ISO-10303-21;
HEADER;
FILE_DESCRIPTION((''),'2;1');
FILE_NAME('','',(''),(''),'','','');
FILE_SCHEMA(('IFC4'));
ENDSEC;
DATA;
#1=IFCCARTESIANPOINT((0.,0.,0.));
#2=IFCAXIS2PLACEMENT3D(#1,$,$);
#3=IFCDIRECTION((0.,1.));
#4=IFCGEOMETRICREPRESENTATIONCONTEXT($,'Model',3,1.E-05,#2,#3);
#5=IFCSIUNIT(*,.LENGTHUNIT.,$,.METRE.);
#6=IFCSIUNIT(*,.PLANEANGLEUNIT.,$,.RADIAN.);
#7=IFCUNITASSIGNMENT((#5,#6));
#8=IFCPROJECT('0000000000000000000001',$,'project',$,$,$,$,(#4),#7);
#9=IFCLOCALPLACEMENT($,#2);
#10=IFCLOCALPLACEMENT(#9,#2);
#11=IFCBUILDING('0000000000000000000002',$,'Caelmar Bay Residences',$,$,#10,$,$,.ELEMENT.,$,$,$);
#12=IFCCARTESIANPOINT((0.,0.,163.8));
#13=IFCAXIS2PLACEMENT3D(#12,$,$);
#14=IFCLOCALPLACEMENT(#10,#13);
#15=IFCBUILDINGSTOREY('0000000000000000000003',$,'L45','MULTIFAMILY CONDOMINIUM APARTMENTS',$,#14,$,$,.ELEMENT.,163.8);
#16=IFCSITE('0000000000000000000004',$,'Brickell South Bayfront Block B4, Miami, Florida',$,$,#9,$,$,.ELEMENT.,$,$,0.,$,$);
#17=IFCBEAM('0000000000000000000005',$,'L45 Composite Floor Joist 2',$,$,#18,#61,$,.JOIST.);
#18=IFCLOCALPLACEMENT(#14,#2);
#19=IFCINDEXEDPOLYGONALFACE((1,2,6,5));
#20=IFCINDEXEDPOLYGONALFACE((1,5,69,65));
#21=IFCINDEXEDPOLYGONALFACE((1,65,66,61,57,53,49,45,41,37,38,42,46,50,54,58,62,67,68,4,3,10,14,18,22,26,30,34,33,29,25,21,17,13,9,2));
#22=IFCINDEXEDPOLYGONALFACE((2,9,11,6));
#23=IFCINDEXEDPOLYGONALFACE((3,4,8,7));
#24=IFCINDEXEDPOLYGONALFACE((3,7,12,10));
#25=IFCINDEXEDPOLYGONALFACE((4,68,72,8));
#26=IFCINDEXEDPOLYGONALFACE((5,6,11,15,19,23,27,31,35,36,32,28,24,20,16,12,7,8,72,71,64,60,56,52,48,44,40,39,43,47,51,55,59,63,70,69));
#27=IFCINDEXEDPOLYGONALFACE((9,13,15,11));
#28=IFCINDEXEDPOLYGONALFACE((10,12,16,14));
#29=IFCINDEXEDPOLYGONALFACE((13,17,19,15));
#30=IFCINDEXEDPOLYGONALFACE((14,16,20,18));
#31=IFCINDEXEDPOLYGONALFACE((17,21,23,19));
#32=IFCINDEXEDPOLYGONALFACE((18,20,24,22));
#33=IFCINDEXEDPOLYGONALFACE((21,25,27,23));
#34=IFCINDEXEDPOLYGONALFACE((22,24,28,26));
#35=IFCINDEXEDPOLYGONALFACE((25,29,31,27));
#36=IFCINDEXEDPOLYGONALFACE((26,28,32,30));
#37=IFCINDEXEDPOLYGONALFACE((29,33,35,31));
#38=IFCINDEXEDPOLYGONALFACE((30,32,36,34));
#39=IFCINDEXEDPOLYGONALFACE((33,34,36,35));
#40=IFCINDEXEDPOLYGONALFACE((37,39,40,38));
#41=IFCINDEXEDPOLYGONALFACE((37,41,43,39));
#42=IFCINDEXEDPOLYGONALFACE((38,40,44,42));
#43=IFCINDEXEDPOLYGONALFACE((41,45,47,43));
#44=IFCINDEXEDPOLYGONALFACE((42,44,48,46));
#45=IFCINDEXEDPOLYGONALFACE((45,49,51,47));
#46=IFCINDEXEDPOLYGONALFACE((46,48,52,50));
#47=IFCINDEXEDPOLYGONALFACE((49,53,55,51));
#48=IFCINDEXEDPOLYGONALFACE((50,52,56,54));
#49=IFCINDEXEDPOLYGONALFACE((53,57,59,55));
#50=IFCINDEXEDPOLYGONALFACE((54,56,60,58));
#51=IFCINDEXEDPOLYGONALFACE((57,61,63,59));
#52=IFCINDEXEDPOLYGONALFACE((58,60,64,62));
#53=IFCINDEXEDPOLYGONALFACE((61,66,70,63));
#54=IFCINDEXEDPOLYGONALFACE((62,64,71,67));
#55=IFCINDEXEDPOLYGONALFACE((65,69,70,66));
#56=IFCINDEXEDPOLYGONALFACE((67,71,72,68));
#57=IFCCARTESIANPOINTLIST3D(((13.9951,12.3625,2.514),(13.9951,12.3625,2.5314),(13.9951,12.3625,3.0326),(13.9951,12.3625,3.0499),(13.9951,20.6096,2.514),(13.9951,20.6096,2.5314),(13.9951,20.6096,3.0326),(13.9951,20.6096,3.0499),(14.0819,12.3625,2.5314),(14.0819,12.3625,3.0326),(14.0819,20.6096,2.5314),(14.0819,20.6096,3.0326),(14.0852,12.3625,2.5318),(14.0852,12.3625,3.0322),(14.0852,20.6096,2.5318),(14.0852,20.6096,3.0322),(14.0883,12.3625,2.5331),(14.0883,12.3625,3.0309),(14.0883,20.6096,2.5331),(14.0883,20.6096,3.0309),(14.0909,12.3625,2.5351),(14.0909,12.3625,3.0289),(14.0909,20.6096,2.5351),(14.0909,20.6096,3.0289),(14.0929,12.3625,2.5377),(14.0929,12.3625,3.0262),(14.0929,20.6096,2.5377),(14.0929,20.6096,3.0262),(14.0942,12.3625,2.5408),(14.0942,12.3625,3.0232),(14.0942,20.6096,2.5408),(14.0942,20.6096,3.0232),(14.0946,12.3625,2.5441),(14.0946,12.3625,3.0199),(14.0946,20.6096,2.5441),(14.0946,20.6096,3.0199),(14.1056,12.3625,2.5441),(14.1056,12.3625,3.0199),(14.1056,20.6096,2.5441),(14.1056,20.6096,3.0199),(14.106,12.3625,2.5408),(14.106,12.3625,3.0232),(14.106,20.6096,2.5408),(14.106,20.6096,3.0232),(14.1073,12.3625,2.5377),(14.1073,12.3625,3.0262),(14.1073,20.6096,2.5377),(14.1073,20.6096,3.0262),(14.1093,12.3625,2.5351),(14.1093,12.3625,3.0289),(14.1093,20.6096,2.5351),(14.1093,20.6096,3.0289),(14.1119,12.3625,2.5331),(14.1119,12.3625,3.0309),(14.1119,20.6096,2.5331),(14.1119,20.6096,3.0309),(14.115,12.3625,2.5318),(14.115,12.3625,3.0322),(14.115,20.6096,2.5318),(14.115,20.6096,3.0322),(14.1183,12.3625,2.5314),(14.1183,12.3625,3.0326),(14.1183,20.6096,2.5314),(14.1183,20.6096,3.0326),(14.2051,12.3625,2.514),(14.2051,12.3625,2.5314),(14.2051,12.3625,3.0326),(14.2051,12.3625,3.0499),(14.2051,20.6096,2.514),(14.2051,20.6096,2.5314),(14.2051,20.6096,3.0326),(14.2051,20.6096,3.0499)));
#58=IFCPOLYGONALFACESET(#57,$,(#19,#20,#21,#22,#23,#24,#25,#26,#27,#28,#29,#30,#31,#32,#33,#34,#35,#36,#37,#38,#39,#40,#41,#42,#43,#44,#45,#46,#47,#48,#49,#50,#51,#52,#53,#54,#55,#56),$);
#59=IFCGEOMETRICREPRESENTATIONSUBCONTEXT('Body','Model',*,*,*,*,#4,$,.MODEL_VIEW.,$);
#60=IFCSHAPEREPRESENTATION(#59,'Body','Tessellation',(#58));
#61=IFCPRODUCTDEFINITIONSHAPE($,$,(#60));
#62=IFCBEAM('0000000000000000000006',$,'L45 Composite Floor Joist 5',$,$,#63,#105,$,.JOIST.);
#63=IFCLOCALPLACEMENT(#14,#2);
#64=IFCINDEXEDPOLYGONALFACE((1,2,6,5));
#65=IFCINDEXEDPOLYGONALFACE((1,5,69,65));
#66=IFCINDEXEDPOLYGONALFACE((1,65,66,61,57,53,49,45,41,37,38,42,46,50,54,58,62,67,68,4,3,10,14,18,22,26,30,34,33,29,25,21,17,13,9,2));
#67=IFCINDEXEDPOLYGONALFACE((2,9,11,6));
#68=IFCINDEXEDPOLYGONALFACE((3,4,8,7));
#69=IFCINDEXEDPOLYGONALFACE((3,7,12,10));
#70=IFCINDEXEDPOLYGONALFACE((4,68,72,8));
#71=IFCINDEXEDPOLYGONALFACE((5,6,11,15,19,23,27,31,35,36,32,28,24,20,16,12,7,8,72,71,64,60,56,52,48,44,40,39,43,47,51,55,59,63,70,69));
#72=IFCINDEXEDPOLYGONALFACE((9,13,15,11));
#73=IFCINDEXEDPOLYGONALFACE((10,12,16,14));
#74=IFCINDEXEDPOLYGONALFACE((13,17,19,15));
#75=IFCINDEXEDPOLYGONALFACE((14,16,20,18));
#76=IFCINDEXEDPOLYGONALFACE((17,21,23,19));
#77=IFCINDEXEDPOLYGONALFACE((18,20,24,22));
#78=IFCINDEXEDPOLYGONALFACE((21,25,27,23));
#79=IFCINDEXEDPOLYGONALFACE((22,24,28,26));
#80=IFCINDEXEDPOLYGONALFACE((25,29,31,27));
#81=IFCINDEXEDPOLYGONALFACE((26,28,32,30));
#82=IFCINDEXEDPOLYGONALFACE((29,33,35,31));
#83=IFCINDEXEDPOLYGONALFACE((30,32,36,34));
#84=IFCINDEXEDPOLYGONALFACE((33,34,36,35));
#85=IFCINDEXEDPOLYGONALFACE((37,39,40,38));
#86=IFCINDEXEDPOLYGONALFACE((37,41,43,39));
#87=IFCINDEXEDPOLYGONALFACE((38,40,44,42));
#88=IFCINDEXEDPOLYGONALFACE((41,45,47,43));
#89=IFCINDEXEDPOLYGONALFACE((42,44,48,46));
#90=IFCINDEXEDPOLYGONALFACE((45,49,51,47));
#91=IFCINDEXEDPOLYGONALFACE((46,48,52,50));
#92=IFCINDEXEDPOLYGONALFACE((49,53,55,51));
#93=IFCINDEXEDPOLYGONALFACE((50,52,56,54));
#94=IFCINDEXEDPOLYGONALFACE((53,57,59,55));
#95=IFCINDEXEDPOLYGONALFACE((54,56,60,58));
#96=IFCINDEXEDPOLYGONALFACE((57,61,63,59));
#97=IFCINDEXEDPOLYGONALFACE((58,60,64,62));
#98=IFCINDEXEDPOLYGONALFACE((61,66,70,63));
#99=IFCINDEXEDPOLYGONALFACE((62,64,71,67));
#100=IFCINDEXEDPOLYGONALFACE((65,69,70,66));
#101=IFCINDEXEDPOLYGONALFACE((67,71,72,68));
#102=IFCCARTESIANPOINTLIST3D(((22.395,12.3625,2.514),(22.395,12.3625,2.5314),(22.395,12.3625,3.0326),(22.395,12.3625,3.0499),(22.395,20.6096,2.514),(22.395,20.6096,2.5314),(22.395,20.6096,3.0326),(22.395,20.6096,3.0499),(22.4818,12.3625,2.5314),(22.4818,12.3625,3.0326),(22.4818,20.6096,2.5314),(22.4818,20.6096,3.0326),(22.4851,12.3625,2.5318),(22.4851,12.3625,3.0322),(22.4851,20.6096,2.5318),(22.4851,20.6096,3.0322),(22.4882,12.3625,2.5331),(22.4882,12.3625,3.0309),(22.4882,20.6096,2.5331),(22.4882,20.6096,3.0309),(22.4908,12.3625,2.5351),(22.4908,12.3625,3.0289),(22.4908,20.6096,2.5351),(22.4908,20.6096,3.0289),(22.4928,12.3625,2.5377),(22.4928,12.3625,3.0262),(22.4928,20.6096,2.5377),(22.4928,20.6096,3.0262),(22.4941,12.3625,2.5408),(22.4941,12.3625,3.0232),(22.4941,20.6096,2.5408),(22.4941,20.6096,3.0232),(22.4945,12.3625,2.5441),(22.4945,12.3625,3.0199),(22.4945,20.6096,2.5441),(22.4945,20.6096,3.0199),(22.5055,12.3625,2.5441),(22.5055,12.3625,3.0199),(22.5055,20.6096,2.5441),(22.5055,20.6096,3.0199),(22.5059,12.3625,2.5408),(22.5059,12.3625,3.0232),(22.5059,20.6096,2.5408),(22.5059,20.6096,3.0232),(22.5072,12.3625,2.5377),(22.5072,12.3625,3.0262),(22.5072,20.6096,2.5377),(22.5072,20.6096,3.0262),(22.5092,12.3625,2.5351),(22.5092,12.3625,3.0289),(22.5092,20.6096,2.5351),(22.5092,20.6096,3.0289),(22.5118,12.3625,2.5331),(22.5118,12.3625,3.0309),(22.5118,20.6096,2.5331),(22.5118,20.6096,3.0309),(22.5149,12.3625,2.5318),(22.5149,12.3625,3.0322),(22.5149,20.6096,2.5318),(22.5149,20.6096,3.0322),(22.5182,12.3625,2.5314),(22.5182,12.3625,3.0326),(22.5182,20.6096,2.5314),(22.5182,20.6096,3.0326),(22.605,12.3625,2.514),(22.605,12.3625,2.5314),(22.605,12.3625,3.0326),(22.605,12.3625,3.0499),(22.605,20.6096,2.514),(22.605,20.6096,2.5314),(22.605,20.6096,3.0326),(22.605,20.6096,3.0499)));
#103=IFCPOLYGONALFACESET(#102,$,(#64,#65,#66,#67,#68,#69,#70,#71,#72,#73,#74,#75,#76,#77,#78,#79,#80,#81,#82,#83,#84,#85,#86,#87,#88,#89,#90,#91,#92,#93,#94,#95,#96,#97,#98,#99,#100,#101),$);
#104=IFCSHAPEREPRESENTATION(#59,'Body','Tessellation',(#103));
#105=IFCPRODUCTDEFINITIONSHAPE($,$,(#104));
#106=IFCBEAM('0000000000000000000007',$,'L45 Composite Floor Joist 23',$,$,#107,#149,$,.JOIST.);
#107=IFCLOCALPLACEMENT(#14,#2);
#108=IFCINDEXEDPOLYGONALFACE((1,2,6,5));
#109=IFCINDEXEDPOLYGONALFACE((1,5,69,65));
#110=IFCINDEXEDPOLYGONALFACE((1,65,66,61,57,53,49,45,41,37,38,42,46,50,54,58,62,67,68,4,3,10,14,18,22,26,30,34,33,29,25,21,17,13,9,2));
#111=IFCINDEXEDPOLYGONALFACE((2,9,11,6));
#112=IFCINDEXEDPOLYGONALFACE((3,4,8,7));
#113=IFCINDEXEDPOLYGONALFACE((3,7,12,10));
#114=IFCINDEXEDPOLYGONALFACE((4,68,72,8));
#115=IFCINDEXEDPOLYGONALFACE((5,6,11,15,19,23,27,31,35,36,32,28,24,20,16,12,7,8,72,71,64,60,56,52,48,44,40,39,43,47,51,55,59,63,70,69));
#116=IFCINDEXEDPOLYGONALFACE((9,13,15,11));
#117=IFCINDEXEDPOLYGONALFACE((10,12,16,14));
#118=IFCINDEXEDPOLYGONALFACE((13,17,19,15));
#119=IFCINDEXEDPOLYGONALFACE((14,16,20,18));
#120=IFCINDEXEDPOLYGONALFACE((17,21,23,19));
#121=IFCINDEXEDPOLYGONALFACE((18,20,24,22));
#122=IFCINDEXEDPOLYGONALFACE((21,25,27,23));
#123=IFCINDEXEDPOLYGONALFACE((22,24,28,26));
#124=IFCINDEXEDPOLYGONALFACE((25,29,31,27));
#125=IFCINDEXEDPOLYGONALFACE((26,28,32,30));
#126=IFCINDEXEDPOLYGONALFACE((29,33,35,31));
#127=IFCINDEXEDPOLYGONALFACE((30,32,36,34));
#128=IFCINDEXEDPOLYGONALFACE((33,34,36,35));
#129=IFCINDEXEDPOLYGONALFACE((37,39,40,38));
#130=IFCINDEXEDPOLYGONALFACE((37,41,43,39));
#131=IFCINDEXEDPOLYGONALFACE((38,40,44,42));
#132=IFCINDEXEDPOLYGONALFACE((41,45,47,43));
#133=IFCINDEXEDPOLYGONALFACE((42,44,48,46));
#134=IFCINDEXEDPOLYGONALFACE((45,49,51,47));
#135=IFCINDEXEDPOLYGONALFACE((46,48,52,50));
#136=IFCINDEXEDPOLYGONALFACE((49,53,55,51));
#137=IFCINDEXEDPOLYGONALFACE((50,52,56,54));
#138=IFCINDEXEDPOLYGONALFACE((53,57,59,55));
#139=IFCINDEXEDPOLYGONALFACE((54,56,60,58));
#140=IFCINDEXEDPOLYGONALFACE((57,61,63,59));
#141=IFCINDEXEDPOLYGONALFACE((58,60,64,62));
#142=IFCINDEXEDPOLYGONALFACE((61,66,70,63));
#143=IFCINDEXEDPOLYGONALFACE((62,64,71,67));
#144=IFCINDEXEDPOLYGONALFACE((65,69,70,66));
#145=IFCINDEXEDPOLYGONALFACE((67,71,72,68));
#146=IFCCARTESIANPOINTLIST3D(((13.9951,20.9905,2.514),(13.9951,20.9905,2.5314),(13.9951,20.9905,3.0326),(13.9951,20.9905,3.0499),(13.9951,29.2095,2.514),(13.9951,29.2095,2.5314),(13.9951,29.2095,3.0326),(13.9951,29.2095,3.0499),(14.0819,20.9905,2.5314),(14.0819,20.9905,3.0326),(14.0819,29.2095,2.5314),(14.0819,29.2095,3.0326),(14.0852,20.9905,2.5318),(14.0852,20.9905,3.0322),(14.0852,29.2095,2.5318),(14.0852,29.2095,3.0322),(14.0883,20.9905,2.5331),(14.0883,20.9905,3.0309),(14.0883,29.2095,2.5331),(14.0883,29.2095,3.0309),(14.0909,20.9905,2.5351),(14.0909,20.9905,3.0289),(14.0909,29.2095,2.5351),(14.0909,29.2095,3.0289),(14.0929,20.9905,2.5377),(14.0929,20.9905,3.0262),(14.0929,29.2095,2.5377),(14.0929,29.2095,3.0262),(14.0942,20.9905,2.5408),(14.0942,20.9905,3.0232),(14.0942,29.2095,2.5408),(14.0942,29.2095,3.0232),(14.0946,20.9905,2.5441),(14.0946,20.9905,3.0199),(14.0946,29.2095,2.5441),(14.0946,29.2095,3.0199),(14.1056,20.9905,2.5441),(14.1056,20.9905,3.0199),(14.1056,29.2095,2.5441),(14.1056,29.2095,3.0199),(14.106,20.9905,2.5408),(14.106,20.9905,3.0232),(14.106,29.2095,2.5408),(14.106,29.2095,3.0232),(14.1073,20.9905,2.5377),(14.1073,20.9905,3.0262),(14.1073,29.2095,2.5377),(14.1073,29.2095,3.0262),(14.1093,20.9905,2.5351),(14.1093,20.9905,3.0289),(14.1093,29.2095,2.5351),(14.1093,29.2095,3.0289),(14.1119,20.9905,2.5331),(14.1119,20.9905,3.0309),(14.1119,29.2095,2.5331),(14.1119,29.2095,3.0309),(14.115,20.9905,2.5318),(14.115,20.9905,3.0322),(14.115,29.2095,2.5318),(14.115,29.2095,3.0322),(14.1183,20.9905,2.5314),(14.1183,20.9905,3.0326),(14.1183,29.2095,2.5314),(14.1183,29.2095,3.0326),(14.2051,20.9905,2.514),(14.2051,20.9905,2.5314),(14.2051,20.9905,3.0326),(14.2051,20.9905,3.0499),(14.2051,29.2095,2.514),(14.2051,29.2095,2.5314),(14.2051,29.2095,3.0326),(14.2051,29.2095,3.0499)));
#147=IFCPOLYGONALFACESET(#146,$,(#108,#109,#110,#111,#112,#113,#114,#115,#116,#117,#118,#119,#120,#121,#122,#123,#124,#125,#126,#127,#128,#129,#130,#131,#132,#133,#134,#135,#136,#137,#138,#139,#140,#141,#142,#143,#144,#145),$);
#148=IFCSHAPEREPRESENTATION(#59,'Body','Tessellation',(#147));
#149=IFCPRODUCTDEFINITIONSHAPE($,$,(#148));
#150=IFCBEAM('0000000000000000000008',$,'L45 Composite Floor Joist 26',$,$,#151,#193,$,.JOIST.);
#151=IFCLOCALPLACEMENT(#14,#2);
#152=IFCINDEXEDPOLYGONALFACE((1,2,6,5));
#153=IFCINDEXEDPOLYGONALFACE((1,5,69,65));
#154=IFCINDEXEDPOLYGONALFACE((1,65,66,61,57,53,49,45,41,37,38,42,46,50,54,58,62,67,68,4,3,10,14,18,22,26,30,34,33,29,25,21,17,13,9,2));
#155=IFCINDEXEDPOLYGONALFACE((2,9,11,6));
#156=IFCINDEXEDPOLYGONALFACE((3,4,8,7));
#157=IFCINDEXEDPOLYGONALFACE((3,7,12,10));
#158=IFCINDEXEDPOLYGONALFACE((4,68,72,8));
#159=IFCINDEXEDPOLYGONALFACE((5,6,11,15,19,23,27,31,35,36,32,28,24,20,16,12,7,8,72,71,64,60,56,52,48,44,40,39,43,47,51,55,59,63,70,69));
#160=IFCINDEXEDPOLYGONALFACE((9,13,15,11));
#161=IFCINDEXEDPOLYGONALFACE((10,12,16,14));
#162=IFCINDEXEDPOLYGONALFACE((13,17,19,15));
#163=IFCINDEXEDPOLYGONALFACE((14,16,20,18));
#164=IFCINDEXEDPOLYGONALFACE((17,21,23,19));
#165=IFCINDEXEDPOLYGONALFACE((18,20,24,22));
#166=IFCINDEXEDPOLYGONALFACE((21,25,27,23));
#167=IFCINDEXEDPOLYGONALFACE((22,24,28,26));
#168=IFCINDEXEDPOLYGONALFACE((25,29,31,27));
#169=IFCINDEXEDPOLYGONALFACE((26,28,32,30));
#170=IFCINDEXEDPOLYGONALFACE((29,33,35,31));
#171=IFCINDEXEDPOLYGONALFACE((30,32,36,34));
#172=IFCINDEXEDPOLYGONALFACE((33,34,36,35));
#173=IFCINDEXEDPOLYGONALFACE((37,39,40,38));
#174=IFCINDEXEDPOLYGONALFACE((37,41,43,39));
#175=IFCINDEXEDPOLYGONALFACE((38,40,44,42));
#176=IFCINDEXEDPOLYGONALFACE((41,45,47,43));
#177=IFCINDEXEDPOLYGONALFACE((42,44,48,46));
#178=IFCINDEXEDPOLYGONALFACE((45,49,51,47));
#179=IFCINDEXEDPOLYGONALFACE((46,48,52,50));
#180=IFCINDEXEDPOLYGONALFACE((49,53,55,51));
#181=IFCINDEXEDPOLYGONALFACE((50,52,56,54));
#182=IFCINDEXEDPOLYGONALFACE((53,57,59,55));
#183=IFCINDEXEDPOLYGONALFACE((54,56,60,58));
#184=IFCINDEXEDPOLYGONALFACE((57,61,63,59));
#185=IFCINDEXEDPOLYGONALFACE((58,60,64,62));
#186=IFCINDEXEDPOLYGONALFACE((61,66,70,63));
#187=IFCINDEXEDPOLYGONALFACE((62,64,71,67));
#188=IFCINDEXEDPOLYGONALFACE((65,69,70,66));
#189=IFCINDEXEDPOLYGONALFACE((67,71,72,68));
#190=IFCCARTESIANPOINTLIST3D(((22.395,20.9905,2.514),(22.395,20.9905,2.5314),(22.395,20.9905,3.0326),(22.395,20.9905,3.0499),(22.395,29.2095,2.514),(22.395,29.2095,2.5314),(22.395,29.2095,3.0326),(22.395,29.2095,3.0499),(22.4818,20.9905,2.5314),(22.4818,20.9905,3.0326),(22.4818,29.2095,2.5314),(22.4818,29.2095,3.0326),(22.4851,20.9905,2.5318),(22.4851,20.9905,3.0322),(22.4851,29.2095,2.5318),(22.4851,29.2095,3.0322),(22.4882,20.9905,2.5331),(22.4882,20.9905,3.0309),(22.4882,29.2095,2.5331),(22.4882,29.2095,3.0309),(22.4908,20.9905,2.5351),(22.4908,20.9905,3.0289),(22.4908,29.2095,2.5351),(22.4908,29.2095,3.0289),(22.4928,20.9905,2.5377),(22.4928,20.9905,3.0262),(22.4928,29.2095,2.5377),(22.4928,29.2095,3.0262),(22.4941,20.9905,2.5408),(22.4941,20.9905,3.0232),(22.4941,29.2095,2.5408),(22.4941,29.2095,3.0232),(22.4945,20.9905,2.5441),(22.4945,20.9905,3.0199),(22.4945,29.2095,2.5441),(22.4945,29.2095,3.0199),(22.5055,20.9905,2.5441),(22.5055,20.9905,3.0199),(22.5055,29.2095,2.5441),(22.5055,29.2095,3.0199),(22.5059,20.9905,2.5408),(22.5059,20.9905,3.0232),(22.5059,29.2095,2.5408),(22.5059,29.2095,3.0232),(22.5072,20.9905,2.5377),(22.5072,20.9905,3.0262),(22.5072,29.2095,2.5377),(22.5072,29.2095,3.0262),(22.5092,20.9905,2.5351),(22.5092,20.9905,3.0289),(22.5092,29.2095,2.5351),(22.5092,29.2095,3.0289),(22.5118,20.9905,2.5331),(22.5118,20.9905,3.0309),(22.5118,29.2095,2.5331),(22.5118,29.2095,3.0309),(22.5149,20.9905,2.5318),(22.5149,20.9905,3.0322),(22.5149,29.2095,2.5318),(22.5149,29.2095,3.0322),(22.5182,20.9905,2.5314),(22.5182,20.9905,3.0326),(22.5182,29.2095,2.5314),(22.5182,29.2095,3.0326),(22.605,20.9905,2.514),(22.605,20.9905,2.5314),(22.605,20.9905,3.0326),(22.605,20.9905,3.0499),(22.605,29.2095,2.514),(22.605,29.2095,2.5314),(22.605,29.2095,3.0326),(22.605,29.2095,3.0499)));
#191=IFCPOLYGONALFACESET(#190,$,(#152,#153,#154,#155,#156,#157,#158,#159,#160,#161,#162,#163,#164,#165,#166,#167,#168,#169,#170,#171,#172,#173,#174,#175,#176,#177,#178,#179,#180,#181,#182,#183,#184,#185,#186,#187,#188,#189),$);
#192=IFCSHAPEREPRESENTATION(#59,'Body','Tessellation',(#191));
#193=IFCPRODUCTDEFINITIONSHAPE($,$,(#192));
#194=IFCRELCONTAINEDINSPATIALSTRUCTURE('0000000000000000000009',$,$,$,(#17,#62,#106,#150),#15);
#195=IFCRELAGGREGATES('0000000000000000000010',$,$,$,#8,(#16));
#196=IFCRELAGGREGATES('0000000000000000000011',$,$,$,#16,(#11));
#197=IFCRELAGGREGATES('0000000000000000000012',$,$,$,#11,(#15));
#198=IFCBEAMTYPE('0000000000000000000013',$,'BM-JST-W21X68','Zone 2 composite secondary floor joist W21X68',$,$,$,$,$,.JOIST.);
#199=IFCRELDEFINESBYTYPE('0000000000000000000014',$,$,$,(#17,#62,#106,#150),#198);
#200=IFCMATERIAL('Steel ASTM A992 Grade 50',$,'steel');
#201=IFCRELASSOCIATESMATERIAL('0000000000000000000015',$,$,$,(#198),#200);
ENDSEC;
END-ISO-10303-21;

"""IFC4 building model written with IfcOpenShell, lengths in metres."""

from ifc_helpers import new_model, si_unit, direction, frame, origin, origin_2d, place, context, subcontext, project, spatial, i_section, extrude, material, material_profile, profile_set, type_object, element, save


model = new_model("IFC4")

# Units and contexts
model_context = context("Model", 3, precision=1e-05, world=origin(), true_north=direction((0.0, 1.0)))
body_context = subcontext(model_context, "Body", "Model", "MODEL_VIEW")
ifc_project = project(units=[si_unit("LENGTHUNIT", "METRE"), si_unit("PLANEANGLEUNIT", "RADIAN")], contexts=[model_context])

# Site, building, storey
site_placement = place(None, origin())
site = spatial("IfcSite", under=ifc_project, at=site_placement, Name="Brickell South Bayfront Block B4, Miami, Florida", CompositionType="ELEMENT", RefElevation=0.0)
building_placement = place(site_placement, origin())
building = spatial("IfcBuilding", under=site, at=building_placement, Name="Caelmar Bay Residences", CompositionType="ELEMENT")
storey_placement = place(building_placement, frame((0.0, 0.0, 163.8)))
storey = spatial("IfcBuildingStorey", under=building, at=storey_placement, Name="L45", Description="MULTIFAMILY CONDOMINIUM APARTMENTS", CompositionType="ELEMENT", Elevation=163.8)

# Beams
ifc_material_1 = material(Name="Steel ASTM A992 Grade 50", Category="steel")
ifc_material_profile_1 = material_profile(ifc_material_1, i_section(OverallWidth=0.21, OverallDepth=0.5359, WebThickness=0.011, FlangeThickness=0.0173, FilletRadius=0.0127, at=origin_2d()), Name="W21X68")
ifc_profile_set_1 = profile_set([ifc_material_profile_1], Name="Steel ASTM A992 Grade 50")
beam_type_1 = type_object("IfcBeamType", Name="BM-JST-W21X68", Description="Zone 2 composite secondary floor joist W21X68", PredefinedType="JOIST", material=ifc_profile_set_1)
for number, where, z_axis, x_axis, name in (
    (1, (14.1001, 12.3625, 2.782), (0.0, 1.0, 0.0), (-1.0, 0.0, 0.0), "L45 Composite Floor Joist 2"),
    (2, (22.5, 12.3625, 2.782), (0.0, 1.0, 0.0), (-1.0, 0.0, 0.0), "L45 Composite Floor Joist 5"),
):
    element("IfcBeam", number, at=place(storey_placement, frame(where, z_axis=z_axis, x_axis=x_axis)), inside=storey, type_object=beam_type_1, Name=name, PredefinedType="JOIST", context=body_context, shape_type="SweptSolid", body=[
        extrude(i_section(OverallWidth=0.21, OverallDepth=0.5359, WebThickness=0.011, FlangeThickness=0.0173, FilletRadius=0.0127, at=origin_2d()), origin(), (0.0, 0.0, 1.0), 8.2471),
    ])
for number, where, z_axis, x_axis, name in (
    (3, (14.1001, 20.9905, 2.782), (0.0, 1.0, 0.0), (-1.0, 0.0, 0.0), "L45 Composite Floor Joist 23"),
    (4, (22.5, 20.9905, 2.782), (0.0, 1.0, 0.0), (-1.0, 0.0, 0.0), "L45 Composite Floor Joist 26"),
):
    element("IfcBeam", number, at=place(storey_placement, frame(where, z_axis=z_axis, x_axis=x_axis)), inside=storey, type_object=beam_type_1, Name=name, PredefinedType="JOIST", context=body_context, shape_type="SweptSolid", body=[
        extrude(i_section(OverallWidth=0.21, OverallDepth=0.5359, WebThickness=0.011, FlangeThickness=0.0173, FilletRadius=0.0127, at=origin_2d()), origin(), (0.0, 0.0, 1.0), 8.219),
    ])

save(model, "model.ifc")
